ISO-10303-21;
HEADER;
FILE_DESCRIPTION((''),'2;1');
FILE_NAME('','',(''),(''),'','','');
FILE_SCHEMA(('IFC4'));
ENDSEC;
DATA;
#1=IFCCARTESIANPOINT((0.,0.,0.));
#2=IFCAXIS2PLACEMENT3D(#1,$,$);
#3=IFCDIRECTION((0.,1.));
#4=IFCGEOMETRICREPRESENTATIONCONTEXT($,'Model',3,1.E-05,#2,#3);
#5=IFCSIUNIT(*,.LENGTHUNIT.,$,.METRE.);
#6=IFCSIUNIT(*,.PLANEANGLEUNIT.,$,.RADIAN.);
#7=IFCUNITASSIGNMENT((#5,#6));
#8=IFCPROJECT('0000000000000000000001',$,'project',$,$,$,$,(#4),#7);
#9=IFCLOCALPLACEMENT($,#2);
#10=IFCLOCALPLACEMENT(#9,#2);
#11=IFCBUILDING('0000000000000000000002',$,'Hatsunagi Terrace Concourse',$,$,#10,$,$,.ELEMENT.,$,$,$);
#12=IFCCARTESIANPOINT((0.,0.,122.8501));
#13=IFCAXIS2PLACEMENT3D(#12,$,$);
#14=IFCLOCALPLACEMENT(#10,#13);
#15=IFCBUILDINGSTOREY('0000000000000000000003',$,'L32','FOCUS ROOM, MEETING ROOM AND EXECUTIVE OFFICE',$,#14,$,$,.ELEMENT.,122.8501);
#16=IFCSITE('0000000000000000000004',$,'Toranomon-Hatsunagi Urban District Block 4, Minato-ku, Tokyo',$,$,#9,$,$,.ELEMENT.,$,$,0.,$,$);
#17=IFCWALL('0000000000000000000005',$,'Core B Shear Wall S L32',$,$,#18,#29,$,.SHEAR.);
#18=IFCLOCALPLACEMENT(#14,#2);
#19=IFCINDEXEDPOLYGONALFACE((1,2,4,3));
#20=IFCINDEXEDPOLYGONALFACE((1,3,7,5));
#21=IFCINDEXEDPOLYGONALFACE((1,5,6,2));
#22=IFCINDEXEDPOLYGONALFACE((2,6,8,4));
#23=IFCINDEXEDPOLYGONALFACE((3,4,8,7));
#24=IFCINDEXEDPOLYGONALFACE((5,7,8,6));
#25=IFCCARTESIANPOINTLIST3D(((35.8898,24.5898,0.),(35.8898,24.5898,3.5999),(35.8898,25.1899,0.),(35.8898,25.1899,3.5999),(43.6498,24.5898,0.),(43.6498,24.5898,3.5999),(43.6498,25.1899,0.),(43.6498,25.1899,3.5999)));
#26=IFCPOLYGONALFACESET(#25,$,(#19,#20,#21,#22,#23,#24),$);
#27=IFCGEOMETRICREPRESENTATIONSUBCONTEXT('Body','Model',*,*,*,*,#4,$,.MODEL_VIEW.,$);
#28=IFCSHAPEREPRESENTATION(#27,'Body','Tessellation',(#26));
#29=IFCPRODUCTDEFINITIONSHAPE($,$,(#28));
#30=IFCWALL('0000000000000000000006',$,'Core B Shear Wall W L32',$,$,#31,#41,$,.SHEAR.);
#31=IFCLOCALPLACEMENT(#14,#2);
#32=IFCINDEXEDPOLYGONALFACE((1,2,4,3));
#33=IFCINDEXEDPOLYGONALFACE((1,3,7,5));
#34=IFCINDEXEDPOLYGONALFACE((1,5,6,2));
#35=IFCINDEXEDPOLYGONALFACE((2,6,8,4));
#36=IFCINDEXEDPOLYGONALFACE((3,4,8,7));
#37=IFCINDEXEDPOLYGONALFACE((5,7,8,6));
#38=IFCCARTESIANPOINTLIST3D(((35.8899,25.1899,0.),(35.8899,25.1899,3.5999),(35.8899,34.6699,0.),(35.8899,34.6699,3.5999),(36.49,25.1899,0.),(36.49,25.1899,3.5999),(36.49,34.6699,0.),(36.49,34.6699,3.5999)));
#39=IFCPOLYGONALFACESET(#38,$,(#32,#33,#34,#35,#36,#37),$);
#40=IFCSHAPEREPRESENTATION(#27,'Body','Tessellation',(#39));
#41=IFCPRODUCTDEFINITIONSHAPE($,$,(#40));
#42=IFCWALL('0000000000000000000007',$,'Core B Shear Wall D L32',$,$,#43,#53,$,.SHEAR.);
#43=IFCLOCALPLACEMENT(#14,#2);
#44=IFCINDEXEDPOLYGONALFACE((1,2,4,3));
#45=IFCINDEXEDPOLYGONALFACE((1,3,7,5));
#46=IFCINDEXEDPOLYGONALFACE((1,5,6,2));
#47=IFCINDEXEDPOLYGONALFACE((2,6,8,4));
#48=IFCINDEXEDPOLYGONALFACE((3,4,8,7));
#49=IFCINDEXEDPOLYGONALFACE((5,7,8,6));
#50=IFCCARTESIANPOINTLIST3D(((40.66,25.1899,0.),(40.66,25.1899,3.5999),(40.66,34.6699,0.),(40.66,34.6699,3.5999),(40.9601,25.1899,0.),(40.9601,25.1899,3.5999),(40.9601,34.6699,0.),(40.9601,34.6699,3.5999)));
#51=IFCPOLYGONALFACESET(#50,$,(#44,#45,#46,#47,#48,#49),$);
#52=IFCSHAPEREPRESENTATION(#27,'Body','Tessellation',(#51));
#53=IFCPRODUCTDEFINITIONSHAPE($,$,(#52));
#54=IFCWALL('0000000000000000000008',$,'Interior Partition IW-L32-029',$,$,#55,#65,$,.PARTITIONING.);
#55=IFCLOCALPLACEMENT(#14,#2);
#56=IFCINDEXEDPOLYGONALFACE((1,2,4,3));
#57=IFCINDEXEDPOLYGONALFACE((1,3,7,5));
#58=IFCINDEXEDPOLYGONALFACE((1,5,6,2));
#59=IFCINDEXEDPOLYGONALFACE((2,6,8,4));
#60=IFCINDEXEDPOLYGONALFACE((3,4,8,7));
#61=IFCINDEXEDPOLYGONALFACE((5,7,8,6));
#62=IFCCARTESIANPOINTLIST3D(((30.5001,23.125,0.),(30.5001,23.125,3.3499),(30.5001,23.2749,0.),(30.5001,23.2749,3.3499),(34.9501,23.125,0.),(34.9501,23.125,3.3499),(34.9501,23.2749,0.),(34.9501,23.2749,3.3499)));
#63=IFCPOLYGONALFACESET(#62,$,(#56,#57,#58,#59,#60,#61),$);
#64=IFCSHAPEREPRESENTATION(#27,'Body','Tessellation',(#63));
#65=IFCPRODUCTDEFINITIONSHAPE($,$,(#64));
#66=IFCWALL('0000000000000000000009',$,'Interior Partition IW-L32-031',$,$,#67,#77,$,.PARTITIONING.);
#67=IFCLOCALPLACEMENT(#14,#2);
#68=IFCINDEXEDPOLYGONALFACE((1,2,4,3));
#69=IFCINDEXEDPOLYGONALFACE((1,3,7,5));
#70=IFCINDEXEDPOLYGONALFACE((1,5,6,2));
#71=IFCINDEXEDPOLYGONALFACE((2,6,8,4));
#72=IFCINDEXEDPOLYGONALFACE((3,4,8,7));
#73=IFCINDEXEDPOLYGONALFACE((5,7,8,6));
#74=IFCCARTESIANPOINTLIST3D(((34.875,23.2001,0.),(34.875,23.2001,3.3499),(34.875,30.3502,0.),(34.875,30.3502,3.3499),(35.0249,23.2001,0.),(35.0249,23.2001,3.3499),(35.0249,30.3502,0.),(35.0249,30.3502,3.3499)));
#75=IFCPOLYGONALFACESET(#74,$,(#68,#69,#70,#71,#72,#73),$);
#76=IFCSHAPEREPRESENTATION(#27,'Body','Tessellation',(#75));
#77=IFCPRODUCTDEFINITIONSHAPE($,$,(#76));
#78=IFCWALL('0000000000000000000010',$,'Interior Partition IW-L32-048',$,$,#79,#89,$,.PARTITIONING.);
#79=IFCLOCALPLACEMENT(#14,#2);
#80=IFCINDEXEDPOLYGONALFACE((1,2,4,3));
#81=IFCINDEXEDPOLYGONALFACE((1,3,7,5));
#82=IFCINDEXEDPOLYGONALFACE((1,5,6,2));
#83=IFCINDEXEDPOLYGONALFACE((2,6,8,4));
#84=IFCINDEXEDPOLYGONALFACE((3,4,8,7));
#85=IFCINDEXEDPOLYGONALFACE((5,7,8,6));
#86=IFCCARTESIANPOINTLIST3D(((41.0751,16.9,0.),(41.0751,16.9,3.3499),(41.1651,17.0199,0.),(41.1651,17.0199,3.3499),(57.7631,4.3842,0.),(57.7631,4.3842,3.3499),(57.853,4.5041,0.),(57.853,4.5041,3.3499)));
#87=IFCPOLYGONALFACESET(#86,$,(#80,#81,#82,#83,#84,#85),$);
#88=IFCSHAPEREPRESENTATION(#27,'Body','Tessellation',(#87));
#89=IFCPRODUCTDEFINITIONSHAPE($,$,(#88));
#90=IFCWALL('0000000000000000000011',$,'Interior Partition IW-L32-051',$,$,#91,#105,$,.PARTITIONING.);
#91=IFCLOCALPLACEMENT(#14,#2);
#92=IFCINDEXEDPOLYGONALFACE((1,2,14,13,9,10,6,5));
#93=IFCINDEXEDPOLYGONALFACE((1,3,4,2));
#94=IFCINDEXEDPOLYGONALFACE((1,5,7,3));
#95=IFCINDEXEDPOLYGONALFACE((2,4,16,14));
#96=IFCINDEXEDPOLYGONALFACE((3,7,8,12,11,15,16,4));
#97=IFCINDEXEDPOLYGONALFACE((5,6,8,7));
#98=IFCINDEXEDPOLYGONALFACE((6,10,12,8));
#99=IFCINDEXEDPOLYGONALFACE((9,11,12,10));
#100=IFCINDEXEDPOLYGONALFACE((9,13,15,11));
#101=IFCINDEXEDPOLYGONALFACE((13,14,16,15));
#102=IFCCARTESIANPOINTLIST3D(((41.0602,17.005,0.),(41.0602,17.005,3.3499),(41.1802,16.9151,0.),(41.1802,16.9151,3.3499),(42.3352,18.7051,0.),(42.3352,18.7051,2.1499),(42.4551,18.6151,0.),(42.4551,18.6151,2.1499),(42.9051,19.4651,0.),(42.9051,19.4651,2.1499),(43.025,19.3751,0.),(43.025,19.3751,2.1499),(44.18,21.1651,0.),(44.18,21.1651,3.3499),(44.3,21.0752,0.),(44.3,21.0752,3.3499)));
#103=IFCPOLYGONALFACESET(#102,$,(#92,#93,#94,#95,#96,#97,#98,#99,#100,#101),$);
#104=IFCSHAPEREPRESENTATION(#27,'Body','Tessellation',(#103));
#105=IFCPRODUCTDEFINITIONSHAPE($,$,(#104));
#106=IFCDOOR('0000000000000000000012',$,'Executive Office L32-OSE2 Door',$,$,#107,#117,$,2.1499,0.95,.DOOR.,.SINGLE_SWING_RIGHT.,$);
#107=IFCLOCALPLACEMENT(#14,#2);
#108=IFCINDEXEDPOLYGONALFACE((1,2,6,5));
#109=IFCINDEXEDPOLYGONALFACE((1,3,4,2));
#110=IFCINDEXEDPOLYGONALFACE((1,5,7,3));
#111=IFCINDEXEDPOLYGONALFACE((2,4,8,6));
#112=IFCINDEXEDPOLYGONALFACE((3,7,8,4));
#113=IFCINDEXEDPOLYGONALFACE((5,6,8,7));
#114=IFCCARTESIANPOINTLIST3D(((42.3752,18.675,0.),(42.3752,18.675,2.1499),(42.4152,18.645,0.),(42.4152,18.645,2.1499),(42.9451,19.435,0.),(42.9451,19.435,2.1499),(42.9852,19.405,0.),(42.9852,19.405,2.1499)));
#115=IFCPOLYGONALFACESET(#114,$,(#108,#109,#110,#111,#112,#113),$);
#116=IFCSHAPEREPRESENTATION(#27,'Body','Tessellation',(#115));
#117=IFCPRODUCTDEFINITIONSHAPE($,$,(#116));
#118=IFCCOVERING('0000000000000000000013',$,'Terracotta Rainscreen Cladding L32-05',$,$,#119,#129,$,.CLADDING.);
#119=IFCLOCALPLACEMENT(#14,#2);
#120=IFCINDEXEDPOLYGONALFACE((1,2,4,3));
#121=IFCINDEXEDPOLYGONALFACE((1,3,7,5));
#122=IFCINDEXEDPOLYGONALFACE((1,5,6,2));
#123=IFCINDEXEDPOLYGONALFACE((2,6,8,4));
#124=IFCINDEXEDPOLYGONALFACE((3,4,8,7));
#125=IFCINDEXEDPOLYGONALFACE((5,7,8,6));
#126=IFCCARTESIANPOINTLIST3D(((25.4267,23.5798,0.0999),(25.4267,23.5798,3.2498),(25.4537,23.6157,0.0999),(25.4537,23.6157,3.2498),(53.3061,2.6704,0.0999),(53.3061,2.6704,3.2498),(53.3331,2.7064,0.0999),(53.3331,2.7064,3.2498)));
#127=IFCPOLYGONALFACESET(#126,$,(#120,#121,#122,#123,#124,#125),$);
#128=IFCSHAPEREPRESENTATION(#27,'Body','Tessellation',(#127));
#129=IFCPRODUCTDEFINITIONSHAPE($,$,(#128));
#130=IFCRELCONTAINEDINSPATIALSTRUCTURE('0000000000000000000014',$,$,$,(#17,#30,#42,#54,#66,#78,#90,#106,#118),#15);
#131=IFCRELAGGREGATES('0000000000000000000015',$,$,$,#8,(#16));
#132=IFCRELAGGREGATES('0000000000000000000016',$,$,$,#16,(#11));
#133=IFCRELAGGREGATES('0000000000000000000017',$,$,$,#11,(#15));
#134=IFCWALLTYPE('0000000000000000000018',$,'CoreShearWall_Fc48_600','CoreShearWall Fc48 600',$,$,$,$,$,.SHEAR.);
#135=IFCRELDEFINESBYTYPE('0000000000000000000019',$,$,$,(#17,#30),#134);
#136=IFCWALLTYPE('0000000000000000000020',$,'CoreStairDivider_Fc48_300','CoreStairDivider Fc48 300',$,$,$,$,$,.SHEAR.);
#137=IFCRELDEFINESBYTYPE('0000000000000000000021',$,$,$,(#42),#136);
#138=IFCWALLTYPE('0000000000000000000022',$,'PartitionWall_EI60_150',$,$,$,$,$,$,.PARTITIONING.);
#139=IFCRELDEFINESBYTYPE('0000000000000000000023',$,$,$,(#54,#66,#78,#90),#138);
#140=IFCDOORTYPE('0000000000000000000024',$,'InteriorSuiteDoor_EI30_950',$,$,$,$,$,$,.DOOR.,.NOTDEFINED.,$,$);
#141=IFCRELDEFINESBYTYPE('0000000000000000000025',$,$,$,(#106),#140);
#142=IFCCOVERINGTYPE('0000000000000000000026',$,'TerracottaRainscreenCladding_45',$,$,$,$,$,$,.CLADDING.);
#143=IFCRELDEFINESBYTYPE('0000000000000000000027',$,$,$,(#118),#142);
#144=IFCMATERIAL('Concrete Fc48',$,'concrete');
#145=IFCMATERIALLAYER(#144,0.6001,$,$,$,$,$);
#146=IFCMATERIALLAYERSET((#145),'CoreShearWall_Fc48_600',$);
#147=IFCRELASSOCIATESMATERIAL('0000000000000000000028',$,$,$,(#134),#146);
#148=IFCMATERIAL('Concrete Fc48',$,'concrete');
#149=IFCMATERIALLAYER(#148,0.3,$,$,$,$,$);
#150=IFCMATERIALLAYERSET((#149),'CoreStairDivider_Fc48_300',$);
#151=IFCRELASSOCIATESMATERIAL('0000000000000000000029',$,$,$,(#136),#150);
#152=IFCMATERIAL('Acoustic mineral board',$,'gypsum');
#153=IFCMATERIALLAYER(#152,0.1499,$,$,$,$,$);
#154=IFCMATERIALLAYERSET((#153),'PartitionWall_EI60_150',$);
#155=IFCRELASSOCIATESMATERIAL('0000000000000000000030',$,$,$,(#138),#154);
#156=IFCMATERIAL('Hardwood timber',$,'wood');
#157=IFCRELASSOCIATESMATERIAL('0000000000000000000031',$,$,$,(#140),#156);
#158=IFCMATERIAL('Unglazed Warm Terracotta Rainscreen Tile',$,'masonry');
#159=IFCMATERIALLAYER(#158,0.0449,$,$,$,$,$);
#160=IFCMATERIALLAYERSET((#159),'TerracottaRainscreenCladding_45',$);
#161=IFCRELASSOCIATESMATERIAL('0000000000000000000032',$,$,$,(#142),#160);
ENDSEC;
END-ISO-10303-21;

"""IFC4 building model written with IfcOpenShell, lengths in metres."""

from ifc_helpers import new_model, si_unit, direction, frame, frame_2d, origin, origin_2d, place, context, subcontext, project, spatial, rectangle, extrude, material, layer, layer_set, type_object, element, fill, save


model = new_model("IFC4")

# Units and contexts
model_context = context("Model", 3, precision=1e-05, world=origin(), true_north=direction((0.0, 1.0)))
body_context = subcontext(model_context, "Body", "Model", "MODEL_VIEW")
ifc_project = project(units=[si_unit("LENGTHUNIT", "METRE"), si_unit("PLANEANGLEUNIT", "RADIAN")], contexts=[model_context])

# Site, building, storey
site_placement = place(None, origin())
site = spatial("IfcSite", under=ifc_project, at=site_placement, Name="Toranomon-Hatsunagi Urban District Block 4, Minato-ku, Tokyo", CompositionType="ELEMENT", RefElevation=0.0)
building_placement = place(site_placement, origin())
building = spatial("IfcBuilding", under=site, at=building_placement, Name="Hatsunagi Terrace Concourse", CompositionType="ELEMENT")
storey_placement = place(building_placement, frame((0.0, 0.0, 122.8501)))
storey = spatial("IfcBuildingStorey", under=building, at=storey_placement, Name="L32", Description="FOCUS ROOM, MEETING ROOM AND EXECUTIVE OFFICE", CompositionType="ELEMENT", Elevation=122.8501)

# Walls
ifc_material_1 = material(Name="Concrete Fc48", Category="concrete")
ifc_layer_1 = layer(ifc_material_1, 0.6001)
ifc_layer_set_1 = layer_set([ifc_layer_1], Name="CoreShearWall_Fc48_600")
wall_type_1 = type_object("IfcWallType", Name="CoreShearWall_Fc48_600", Description="CoreShearWall Fc48 600", PredefinedType="SHEAR", material=ifc_layer_set_1)
wall_1_placement = place(storey_placement, frame((35.8899, 24.8899, 0.0), z_axis=(0.0, 0.0, 1.0), x_axis=(1.0, 0.0, 0.0)))
element("IfcWall", 1, at=wall_1_placement, inside=storey, type_object=wall_type_1, Name="Core B Shear Wall S L32", PredefinedType="SHEAR", context=body_context, shape_type="SweptSolid", body=[
    extrude(rectangle(XDim=7.76, YDim=0.6001, at=frame_2d((3.8799, 0.0))), origin(), (0.0, 0.0, 1.0), 3.5999),
])
wall_2_placement = place(storey_placement, frame((36.1899, 25.1899, 0.0), z_axis=(0.0, 0.0, 1.0), x_axis=(0.0, 1.0, 0.0)))
element("IfcWall", 2, at=wall_2_placement, inside=storey, type_object=wall_type_1, Name="Core B Shear Wall W L32", PredefinedType="SHEAR", context=body_context, shape_type="SweptSolid", body=[
    extrude(rectangle(XDim=9.48, YDim=0.6001, at=frame_2d((4.74, 0.0))), origin(), (0.0, 0.0, 1.0), 3.5999),
])
ifc_material_2 = material(Name="Concrete Fc48", Category="concrete")
ifc_layer_2 = layer(ifc_material_2, 0.3)
ifc_layer_set_2 = layer_set([ifc_layer_2], Name="CoreStairDivider_Fc48_300")
wall_type_2 = type_object("IfcWallType", Name="CoreStairDivider_Fc48_300", Description="CoreStairDivider Fc48 300", PredefinedType="SHEAR", material=ifc_layer_set_2)
wall_3_placement = place(storey_placement, frame((40.8101, 25.1899, 0.0), z_axis=(0.0, 0.0, 1.0), x_axis=(0.0, 1.0, 0.0)))
element("IfcWall", 3, at=wall_3_placement, inside=storey, type_object=wall_type_2, Name="Core B Shear Wall D L32", PredefinedType="SHEAR", context=body_context, shape_type="SweptSolid", body=[
    extrude(rectangle(XDim=9.48, YDim=0.3, at=frame_2d((4.74, 0.0))), origin(), (0.0, 0.0, 1.0), 3.5999),
])
ifc_material_3 = material(Name="Acoustic mineral board", Category="gypsum")
ifc_layer_3 = layer(ifc_material_3, 0.1499)
ifc_layer_set_3 = layer_set([ifc_layer_3], Name="PartitionWall_EI60_150")
wall_type_3 = type_object("IfcWallType", Name="PartitionWall_EI60_150", PredefinedType="PARTITIONING", material=ifc_layer_set_3)
wall_4_placement = place(storey_placement, frame((30.5, 23.2, 0.0), z_axis=(0.0, 0.0, 1.0), x_axis=(1.0, 0.0, 0.0)))
element("IfcWall", 4, at=wall_4_placement, inside=storey, type_object=wall_type_3, Name="Interior Partition IW-L32-029", PredefinedType="PARTITIONING", context=body_context, shape_type="SweptSolid", body=[
    extrude(rectangle(XDim=4.45, YDim=0.1499, at=frame_2d((2.2251, 0.0))), origin(), (0.0, 0.0, 1.0), 3.3499),
])
wall_5_placement = place(storey_placement, frame((34.95, 23.2, 0.0), z_axis=(0.0, 0.0, 1.0), x_axis=(0.0, 1.0, 0.0)))
element("IfcWall", 5, at=wall_5_placement, inside=storey, type_object=wall_type_3, Name="Interior Partition IW-L32-031", PredefinedType="PARTITIONING", context=body_context, shape_type="SweptSolid", body=[
    extrude(rectangle(XDim=7.1501, YDim=0.1499, at=frame_2d((3.5752, 0.0))), origin(), (0.0, 0.0, 1.0), 3.3499),
])
wall_6_placement = place(storey_placement, frame((41.1201, 16.96, 0.0), z_axis=(0.0, 0.0, 1.0), x_axis=(0.800003, -0.599996, 0.0)))
element("IfcWall", 6, at=wall_6_placement, inside=storey, type_object=wall_type_3, Name="Interior Partition IW-L32-048", PredefinedType="PARTITIONING", context=body_context, shape_type="SweptSolid", body=[
    extrude(rectangle(XDim=20.8599, YDim=0.1499, at=frame_2d((10.4299, 0.0))), origin(), (0.0, 0.0, 1.0), 3.3499),
])

# Wall, opening, door
ifc_material_4 = material(Name="Hardwood timber", Category="wood")
door_type = type_object("IfcDoorType", Name="InteriorSuiteDoor_EI30_950", OperationType="NOTDEFINED", PredefinedType="DOOR", material=ifc_material_4)
wall_7_placement = place(storey_placement, frame((41.1201, 16.96, 0.0), z_axis=(0.0, 0.0, 1.0), x_axis=(0.59997, 0.800023, 0.0)))
wall_7 = element("IfcWall", 7, at=wall_7_placement, inside=storey, type_object=wall_type_3, Name="Interior Partition IW-L32-051", PredefinedType="PARTITIONING", context=body_context, shape_type="SweptSolid", body=[
    extrude(rectangle(XDim=5.2, YDim=0.1499, at=frame_2d((2.6001, 0.0))), origin(), (0.0, 0.0, 1.0), 3.3499),
])
opening_1_placement = place(wall_7_placement, frame((2.125, 0.0, 0.0)))
opening_1 = element("IfcOpeningElement", 8, at=opening_1_placement, cuts=wall_7, PredefinedType="OPENING", context=body_context, shape_type="SweptSolid", body=[
    extrude(rectangle(XDim=0.95, YDim=2.1499, at=frame_2d((0.4751, 1.075))), frame((0.0, 0.085, 0.0), z_axis=(0.0, -1.0, 0.0), x_axis=(1.0, 0.0, 0.0)), (0.0, 0.0, 1.0), 0.1699),
])
door_1_placement = place(opening_1_placement, origin())
door_1 = element("IfcDoor", 9, at=door_1_placement, inside=storey, type_object=door_type, Name="Executive Office L32-OSE2 Door", OperationType="SINGLE_SWING_RIGHT", OverallHeight=2.1499, OverallWidth=0.95, PredefinedType="DOOR", context=body_context, shape_type="SweptSolid", body=[
    extrude(rectangle(XDim=0.95, YDim=2.1499, at=frame_2d((0.4751, 1.075))), frame((0.0, 0.0249, 0.0), z_axis=(0.0, -1.0, 0.0), x_axis=(1.0, 0.0, 0.0)), (0.0, 0.0, 1.0), 0.05),
])
fill(opening_1, door_1)

# Covering
ifc_material_5 = material(Name="Unglazed Warm Terracotta Rainscreen Tile", Category="masonry")
ifc_layer_4 = layer(ifc_material_5, 0.0449)
ifc_layer_set_4 = layer_set([ifc_layer_4], Name="TerracottaRainscreenCladding_45")
covering_type = type_object("IfcCoveringType", Name="TerracottaRainscreenCladding_45", PredefinedType="CLADDING", material=ifc_layer_set_4)
covering_placement = place(storey_placement, frame((39.3799, 13.1431, 0.0999), z_axis=(0.0, 0.0, 1.0), x_axis=(-0.800003, 0.599996, 0.0)))
element("IfcCovering", 10, at=covering_placement, inside=storey, type_object=covering_type, Name="Terracotta Rainscreen Cladding L32-05", PredefinedType="CLADDING", context=body_context, shape_type="SweptSolid", body=[
    extrude(rectangle(XDim=34.8491, YDim=0.0449, at=origin_2d()), origin(), (0.0, 0.0, 1.0), 3.1499),
])

save(model, "model.ifc")
